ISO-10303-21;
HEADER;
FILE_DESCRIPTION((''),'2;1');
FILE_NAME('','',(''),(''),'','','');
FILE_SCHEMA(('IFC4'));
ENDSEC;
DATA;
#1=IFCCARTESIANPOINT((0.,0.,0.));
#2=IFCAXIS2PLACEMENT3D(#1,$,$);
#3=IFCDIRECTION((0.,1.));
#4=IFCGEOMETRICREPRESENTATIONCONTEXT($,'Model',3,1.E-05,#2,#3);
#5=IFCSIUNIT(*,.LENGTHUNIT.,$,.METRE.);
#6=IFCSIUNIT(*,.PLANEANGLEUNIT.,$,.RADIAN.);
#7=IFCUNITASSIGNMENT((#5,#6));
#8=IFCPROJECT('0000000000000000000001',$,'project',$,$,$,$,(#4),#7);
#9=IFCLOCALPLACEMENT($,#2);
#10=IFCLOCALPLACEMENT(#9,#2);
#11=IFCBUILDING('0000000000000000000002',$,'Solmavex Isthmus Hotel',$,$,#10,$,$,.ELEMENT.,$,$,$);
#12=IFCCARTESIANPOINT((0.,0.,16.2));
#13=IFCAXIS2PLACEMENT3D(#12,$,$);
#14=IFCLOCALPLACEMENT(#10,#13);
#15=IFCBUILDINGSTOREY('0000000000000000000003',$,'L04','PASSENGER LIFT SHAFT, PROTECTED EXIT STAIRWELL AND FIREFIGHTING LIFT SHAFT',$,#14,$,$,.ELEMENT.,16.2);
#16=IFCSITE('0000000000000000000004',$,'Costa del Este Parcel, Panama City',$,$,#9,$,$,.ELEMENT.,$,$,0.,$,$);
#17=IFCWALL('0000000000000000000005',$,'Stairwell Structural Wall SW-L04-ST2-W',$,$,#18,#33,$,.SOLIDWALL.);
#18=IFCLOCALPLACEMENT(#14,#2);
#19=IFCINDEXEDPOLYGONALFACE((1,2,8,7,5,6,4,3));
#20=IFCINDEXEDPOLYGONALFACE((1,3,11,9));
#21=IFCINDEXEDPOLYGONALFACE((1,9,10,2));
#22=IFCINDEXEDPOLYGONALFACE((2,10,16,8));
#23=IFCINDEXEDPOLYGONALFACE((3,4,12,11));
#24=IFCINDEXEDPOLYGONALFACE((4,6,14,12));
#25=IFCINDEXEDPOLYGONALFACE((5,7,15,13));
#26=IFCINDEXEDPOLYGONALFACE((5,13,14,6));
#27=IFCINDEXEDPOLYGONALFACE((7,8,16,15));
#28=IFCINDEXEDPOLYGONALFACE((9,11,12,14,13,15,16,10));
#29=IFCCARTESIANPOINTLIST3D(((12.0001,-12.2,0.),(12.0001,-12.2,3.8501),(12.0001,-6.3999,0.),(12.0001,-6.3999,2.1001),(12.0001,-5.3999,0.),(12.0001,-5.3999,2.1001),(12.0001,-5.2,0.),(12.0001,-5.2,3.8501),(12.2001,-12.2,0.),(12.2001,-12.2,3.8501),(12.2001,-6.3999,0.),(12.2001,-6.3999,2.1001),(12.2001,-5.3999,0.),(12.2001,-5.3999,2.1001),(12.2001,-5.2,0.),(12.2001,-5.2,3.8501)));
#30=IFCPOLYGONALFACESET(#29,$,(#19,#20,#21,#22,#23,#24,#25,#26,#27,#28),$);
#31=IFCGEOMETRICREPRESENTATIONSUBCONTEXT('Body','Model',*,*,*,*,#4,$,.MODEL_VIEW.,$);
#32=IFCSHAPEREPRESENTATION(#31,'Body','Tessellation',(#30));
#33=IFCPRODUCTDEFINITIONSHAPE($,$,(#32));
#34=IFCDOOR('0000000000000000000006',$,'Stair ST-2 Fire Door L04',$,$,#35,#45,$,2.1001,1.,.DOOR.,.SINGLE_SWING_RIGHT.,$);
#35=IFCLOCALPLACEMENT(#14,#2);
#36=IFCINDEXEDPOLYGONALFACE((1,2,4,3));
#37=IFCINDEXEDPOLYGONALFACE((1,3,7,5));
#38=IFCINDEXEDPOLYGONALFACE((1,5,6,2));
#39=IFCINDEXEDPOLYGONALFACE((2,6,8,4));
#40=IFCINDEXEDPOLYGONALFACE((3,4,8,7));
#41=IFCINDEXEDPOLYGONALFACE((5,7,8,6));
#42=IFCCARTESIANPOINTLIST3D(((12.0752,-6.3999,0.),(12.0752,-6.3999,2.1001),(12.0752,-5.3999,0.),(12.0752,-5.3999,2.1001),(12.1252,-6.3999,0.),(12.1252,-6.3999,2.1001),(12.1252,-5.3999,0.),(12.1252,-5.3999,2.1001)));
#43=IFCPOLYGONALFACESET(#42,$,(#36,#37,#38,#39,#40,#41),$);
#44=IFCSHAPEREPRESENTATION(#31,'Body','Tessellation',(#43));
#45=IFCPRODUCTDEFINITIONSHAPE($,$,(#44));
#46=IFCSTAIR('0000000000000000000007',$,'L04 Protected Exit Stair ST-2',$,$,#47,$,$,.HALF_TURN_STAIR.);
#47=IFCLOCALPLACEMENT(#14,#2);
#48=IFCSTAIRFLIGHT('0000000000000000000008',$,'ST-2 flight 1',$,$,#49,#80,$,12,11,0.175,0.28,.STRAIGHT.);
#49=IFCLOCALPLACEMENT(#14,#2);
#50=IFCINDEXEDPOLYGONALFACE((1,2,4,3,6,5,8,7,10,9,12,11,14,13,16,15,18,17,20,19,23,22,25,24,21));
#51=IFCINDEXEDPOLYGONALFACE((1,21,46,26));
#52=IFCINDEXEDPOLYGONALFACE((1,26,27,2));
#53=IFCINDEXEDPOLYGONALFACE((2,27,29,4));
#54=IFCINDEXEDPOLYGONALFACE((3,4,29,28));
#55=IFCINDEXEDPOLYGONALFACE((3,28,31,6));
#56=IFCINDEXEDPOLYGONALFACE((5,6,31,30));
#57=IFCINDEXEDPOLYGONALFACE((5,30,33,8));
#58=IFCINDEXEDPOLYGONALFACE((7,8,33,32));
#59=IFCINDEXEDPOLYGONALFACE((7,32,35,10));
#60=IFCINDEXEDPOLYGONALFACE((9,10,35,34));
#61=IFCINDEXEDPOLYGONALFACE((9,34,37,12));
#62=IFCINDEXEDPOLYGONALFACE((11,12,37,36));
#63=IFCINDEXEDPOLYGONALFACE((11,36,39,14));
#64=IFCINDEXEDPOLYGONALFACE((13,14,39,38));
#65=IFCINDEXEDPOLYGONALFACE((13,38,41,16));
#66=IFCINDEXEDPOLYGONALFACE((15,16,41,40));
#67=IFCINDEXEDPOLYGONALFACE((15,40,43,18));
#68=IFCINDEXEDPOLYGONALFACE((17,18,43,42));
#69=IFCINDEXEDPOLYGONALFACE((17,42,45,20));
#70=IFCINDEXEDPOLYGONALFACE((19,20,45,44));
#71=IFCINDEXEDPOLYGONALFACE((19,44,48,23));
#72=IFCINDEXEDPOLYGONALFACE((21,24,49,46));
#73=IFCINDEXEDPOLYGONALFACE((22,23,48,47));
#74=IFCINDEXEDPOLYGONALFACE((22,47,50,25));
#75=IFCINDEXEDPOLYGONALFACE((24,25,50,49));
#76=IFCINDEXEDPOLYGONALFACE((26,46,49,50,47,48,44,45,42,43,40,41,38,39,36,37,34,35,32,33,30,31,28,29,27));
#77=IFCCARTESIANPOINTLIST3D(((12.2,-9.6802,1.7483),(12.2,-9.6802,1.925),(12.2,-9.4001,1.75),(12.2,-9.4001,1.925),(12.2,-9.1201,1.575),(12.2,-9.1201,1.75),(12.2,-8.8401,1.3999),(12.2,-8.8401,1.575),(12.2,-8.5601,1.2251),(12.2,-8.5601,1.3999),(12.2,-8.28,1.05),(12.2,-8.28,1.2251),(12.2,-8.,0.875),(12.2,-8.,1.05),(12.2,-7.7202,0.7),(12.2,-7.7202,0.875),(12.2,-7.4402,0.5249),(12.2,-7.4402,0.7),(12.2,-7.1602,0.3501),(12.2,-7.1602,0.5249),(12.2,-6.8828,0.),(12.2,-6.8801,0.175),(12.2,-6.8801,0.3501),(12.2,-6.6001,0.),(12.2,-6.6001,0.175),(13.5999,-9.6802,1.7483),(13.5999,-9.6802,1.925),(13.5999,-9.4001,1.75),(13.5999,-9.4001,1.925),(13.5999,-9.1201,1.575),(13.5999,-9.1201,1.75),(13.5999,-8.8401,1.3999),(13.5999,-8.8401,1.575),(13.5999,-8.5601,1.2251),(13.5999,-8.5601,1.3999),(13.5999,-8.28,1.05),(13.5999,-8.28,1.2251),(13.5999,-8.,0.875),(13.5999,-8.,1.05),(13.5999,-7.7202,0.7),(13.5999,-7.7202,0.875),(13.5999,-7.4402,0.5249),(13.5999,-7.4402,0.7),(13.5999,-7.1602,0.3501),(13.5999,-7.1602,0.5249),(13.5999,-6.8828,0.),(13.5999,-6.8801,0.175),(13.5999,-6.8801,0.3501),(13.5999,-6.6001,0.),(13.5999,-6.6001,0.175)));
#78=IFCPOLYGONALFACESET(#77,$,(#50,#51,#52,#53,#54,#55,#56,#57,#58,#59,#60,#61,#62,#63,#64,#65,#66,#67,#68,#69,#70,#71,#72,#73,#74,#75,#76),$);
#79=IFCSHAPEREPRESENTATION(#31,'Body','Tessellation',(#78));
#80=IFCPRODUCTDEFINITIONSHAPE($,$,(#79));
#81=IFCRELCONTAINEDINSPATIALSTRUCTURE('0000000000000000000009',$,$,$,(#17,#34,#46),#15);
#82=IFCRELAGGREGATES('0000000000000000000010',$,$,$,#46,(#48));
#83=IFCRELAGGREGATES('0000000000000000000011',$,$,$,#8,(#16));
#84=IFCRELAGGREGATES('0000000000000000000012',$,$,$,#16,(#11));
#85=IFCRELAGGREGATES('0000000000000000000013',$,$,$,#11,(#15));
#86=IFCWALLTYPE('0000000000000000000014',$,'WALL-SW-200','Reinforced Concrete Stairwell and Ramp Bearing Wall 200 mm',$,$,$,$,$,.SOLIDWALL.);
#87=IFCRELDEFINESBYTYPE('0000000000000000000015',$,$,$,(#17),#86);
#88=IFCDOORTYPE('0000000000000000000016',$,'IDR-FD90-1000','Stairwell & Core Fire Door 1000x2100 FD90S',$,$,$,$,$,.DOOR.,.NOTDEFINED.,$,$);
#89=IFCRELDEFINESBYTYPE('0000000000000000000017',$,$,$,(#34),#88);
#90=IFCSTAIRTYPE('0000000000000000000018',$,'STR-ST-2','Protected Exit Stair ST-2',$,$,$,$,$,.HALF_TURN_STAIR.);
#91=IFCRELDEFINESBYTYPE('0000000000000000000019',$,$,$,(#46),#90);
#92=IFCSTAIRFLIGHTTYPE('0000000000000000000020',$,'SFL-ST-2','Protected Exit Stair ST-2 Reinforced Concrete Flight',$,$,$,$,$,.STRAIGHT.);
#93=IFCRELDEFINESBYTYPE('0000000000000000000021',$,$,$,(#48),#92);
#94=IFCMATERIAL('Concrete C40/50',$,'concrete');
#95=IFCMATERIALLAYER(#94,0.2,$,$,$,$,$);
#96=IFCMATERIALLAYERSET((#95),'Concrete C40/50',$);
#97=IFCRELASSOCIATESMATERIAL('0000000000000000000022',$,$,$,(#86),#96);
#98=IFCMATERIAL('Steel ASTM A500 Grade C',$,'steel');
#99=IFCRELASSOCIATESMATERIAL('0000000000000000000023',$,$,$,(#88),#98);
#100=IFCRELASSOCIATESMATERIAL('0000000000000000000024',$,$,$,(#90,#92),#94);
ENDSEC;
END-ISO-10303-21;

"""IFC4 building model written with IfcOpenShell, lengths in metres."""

from ifc_helpers import new_model, si_unit, direction, frame, frame_2d, origin, place, context, subcontext, project, spatial, polyline, rectangle, outline, extrude, material, layer, layer_set, type_object, element, fill, aggregate, save


model = new_model("IFC4")

# Units and contexts
model_context = context("Model", 3, precision=1e-05, world=origin(), true_north=direction((0.0, 1.0)))
body_context = subcontext(model_context, "Body", "Model", "MODEL_VIEW")
ifc_project = project(units=[si_unit("LENGTHUNIT", "METRE"), si_unit("PLANEANGLEUNIT", "RADIAN")], contexts=[model_context])

# Site, building, storey
site_placement = place(None, origin())
site = spatial("IfcSite", under=ifc_project, at=site_placement, Name="Costa del Este Parcel, Panama City", CompositionType="ELEMENT", RefElevation=0.0)
building_placement = place(site_placement, origin())
building = spatial("IfcBuilding", under=site, at=building_placement, Name="Solmavex Isthmus Hotel", CompositionType="ELEMENT")
storey_placement = place(building_placement, frame((0.0, 0.0, 16.2)))
storey = spatial("IfcBuildingStorey", under=building, at=storey_placement, Name="L04", Description="PASSENGER LIFT SHAFT, PROTECTED EXIT STAIRWELL AND FIREFIGHTING LIFT SHAFT", CompositionType="ELEMENT", Elevation=16.2)

# Shared definitions
ifc_material_1 = material(Name="Steel ASTM A500 Grade C", Category="steel")

# Shared definitions
ifc_material_2 = material(Name="Concrete C40/50", Category="concrete")

# Shared definitions
ifc_layer_1 = layer(ifc_material_2, 0.2)
ifc_layer_set_1 = layer_set([ifc_layer_1], Name="Concrete C40/50")
wall_type_1 = type_object("IfcWallType", Name="WALL-SW-200", Description="Reinforced Concrete Stairwell and Ramp Bearing Wall 200 mm", PredefinedType="SOLIDWALL", material=ifc_layer_set_1)

# Wall, opening, door
wall_1_placement = place(storey_placement, frame((12.1001, -12.2, 0.0), z_axis=(0.0, 0.0, 1.0), x_axis=(0.0, 1.0, 0.0)))
wall_1 = element("IfcWall", 1, at=wall_1_placement, inside=storey, type_object=wall_type_1, Name="Stairwell Structural Wall SW-L04-ST2-W", PredefinedType="SOLIDWALL", context=body_context, shape_type="SweptSolid", body=[
    extrude(rectangle(XDim=7.0, YDim=0.2, at=frame_2d((3.5, 0.0))), origin(), (0.0, 0.0, 1.0), 3.8501),
])
opening_1_placement = place(wall_1_placement, frame((5.8, 0.0, 0.0)))
opening_1 = element("IfcOpeningElement", 2, at=opening_1_placement, cuts=wall_1, PredefinedType="OPENING", context=body_context, shape_type="SweptSolid", body=[
    extrude(rectangle(XDim=1.0, YDim=2.1001, at=frame_2d((0.5, 1.05))), frame((0.0, 0.1099, 0.0), z_axis=(0.0, -1.0, 0.0), x_axis=(1.0, 0.0, 0.0)), (0.0, 0.0, 1.0), 0.22),
])
door_type_1 = type_object("IfcDoorType", Name="IDR-FD90-1000", Description="Stairwell & Core Fire Door 1000x2100 FD90S", OperationType="NOTDEFINED", PredefinedType="DOOR", material=ifc_material_1)
door_1_placement = place(opening_1_placement, origin())
door_1 = element("IfcDoor", 3, at=door_1_placement, inside=storey, type_object=door_type_1, Name="Stair ST-2 Fire Door L04", OperationType="SINGLE_SWING_RIGHT", OverallHeight=2.1001, OverallWidth=1.0, PredefinedType="DOOR", context=body_context, shape_type="SweptSolid", body=[
    extrude(rectangle(XDim=1.0, YDim=2.1001, at=frame_2d((0.5, 1.05))), frame((0.0, 0.0249, 0.0), z_axis=(0.0, -1.0, 0.0), x_axis=(1.0, 0.0, 0.0)), (0.0, 0.0, 1.0), 0.05),
])
fill(opening_1, door_1)

# Stair, stair flight
stair_type = type_object("IfcStairType", Name="STR-ST-2", Description="Protected Exit Stair ST-2", PredefinedType="HALF_TURN_STAIR", material=ifc_material_2)
stair_placement = place(storey_placement, origin())
stair = element("IfcStair", 4, at=stair_placement, inside=storey, type_object=stair_type, Name="L04 Protected Exit Stair ST-2", PredefinedType="HALF_TURN_STAIR")
stair_flight_type = type_object("IfcStairFlightType", Name="SFL-ST-2", Description="Protected Exit Stair ST-2 Reinforced Concrete Flight", PredefinedType="STRAIGHT", material=ifc_material_2)
stair_flight_placement = place(storey_placement, frame((12.8999, -6.6001, 0.0), z_axis=(0.0, 0.0, 1.0), x_axis=(0.0, -1.0, 0.0)))
stair_flight = element("IfcStairFlight", 5, at=stair_flight_placement, type_object=stair_flight_type, Name="ST-2 flight 1", NumberOfRisers=12, NumberOfTreads=11, PredefinedType="STRAIGHT", RiserHeight=0.175, TreadLength=0.28, context=body_context, shape_type="SweptSolid", body=[
    extrude(outline(polyline([(0.0, 0.0), (0.0, 0.175), (0.28, 0.175), (0.28, 0.3501), (0.5601, 0.3501), (0.5601, 0.5249), (0.8401, 0.5249), (0.8401, 0.7), (1.1201, 0.7), (1.1201, 0.875), (1.3999, 0.875), (1.3999, 1.05), (1.6799, 1.05), (1.6799, 1.2251), (1.96, 1.2251), (1.96, 1.3999), (2.24, 1.3999), (2.24, 1.575), (2.52, 1.575), (2.52, 1.75), (2.8, 1.75), (2.8, 1.925), (3.0801, 1.925), (3.0801, 2.1001), (3.0801, 1.7483), (0.2827, 0.0), (0.0, 0.0)])), frame((0.0, 0.7, 0.0), z_axis=(0.0, -1.0, 0.0), x_axis=(1.0, 0.0, 0.0)), (0.0, 0.0, 1.0), 1.3999),
])
aggregate(stair, [stair_flight])

save(model, "model.ifc")
